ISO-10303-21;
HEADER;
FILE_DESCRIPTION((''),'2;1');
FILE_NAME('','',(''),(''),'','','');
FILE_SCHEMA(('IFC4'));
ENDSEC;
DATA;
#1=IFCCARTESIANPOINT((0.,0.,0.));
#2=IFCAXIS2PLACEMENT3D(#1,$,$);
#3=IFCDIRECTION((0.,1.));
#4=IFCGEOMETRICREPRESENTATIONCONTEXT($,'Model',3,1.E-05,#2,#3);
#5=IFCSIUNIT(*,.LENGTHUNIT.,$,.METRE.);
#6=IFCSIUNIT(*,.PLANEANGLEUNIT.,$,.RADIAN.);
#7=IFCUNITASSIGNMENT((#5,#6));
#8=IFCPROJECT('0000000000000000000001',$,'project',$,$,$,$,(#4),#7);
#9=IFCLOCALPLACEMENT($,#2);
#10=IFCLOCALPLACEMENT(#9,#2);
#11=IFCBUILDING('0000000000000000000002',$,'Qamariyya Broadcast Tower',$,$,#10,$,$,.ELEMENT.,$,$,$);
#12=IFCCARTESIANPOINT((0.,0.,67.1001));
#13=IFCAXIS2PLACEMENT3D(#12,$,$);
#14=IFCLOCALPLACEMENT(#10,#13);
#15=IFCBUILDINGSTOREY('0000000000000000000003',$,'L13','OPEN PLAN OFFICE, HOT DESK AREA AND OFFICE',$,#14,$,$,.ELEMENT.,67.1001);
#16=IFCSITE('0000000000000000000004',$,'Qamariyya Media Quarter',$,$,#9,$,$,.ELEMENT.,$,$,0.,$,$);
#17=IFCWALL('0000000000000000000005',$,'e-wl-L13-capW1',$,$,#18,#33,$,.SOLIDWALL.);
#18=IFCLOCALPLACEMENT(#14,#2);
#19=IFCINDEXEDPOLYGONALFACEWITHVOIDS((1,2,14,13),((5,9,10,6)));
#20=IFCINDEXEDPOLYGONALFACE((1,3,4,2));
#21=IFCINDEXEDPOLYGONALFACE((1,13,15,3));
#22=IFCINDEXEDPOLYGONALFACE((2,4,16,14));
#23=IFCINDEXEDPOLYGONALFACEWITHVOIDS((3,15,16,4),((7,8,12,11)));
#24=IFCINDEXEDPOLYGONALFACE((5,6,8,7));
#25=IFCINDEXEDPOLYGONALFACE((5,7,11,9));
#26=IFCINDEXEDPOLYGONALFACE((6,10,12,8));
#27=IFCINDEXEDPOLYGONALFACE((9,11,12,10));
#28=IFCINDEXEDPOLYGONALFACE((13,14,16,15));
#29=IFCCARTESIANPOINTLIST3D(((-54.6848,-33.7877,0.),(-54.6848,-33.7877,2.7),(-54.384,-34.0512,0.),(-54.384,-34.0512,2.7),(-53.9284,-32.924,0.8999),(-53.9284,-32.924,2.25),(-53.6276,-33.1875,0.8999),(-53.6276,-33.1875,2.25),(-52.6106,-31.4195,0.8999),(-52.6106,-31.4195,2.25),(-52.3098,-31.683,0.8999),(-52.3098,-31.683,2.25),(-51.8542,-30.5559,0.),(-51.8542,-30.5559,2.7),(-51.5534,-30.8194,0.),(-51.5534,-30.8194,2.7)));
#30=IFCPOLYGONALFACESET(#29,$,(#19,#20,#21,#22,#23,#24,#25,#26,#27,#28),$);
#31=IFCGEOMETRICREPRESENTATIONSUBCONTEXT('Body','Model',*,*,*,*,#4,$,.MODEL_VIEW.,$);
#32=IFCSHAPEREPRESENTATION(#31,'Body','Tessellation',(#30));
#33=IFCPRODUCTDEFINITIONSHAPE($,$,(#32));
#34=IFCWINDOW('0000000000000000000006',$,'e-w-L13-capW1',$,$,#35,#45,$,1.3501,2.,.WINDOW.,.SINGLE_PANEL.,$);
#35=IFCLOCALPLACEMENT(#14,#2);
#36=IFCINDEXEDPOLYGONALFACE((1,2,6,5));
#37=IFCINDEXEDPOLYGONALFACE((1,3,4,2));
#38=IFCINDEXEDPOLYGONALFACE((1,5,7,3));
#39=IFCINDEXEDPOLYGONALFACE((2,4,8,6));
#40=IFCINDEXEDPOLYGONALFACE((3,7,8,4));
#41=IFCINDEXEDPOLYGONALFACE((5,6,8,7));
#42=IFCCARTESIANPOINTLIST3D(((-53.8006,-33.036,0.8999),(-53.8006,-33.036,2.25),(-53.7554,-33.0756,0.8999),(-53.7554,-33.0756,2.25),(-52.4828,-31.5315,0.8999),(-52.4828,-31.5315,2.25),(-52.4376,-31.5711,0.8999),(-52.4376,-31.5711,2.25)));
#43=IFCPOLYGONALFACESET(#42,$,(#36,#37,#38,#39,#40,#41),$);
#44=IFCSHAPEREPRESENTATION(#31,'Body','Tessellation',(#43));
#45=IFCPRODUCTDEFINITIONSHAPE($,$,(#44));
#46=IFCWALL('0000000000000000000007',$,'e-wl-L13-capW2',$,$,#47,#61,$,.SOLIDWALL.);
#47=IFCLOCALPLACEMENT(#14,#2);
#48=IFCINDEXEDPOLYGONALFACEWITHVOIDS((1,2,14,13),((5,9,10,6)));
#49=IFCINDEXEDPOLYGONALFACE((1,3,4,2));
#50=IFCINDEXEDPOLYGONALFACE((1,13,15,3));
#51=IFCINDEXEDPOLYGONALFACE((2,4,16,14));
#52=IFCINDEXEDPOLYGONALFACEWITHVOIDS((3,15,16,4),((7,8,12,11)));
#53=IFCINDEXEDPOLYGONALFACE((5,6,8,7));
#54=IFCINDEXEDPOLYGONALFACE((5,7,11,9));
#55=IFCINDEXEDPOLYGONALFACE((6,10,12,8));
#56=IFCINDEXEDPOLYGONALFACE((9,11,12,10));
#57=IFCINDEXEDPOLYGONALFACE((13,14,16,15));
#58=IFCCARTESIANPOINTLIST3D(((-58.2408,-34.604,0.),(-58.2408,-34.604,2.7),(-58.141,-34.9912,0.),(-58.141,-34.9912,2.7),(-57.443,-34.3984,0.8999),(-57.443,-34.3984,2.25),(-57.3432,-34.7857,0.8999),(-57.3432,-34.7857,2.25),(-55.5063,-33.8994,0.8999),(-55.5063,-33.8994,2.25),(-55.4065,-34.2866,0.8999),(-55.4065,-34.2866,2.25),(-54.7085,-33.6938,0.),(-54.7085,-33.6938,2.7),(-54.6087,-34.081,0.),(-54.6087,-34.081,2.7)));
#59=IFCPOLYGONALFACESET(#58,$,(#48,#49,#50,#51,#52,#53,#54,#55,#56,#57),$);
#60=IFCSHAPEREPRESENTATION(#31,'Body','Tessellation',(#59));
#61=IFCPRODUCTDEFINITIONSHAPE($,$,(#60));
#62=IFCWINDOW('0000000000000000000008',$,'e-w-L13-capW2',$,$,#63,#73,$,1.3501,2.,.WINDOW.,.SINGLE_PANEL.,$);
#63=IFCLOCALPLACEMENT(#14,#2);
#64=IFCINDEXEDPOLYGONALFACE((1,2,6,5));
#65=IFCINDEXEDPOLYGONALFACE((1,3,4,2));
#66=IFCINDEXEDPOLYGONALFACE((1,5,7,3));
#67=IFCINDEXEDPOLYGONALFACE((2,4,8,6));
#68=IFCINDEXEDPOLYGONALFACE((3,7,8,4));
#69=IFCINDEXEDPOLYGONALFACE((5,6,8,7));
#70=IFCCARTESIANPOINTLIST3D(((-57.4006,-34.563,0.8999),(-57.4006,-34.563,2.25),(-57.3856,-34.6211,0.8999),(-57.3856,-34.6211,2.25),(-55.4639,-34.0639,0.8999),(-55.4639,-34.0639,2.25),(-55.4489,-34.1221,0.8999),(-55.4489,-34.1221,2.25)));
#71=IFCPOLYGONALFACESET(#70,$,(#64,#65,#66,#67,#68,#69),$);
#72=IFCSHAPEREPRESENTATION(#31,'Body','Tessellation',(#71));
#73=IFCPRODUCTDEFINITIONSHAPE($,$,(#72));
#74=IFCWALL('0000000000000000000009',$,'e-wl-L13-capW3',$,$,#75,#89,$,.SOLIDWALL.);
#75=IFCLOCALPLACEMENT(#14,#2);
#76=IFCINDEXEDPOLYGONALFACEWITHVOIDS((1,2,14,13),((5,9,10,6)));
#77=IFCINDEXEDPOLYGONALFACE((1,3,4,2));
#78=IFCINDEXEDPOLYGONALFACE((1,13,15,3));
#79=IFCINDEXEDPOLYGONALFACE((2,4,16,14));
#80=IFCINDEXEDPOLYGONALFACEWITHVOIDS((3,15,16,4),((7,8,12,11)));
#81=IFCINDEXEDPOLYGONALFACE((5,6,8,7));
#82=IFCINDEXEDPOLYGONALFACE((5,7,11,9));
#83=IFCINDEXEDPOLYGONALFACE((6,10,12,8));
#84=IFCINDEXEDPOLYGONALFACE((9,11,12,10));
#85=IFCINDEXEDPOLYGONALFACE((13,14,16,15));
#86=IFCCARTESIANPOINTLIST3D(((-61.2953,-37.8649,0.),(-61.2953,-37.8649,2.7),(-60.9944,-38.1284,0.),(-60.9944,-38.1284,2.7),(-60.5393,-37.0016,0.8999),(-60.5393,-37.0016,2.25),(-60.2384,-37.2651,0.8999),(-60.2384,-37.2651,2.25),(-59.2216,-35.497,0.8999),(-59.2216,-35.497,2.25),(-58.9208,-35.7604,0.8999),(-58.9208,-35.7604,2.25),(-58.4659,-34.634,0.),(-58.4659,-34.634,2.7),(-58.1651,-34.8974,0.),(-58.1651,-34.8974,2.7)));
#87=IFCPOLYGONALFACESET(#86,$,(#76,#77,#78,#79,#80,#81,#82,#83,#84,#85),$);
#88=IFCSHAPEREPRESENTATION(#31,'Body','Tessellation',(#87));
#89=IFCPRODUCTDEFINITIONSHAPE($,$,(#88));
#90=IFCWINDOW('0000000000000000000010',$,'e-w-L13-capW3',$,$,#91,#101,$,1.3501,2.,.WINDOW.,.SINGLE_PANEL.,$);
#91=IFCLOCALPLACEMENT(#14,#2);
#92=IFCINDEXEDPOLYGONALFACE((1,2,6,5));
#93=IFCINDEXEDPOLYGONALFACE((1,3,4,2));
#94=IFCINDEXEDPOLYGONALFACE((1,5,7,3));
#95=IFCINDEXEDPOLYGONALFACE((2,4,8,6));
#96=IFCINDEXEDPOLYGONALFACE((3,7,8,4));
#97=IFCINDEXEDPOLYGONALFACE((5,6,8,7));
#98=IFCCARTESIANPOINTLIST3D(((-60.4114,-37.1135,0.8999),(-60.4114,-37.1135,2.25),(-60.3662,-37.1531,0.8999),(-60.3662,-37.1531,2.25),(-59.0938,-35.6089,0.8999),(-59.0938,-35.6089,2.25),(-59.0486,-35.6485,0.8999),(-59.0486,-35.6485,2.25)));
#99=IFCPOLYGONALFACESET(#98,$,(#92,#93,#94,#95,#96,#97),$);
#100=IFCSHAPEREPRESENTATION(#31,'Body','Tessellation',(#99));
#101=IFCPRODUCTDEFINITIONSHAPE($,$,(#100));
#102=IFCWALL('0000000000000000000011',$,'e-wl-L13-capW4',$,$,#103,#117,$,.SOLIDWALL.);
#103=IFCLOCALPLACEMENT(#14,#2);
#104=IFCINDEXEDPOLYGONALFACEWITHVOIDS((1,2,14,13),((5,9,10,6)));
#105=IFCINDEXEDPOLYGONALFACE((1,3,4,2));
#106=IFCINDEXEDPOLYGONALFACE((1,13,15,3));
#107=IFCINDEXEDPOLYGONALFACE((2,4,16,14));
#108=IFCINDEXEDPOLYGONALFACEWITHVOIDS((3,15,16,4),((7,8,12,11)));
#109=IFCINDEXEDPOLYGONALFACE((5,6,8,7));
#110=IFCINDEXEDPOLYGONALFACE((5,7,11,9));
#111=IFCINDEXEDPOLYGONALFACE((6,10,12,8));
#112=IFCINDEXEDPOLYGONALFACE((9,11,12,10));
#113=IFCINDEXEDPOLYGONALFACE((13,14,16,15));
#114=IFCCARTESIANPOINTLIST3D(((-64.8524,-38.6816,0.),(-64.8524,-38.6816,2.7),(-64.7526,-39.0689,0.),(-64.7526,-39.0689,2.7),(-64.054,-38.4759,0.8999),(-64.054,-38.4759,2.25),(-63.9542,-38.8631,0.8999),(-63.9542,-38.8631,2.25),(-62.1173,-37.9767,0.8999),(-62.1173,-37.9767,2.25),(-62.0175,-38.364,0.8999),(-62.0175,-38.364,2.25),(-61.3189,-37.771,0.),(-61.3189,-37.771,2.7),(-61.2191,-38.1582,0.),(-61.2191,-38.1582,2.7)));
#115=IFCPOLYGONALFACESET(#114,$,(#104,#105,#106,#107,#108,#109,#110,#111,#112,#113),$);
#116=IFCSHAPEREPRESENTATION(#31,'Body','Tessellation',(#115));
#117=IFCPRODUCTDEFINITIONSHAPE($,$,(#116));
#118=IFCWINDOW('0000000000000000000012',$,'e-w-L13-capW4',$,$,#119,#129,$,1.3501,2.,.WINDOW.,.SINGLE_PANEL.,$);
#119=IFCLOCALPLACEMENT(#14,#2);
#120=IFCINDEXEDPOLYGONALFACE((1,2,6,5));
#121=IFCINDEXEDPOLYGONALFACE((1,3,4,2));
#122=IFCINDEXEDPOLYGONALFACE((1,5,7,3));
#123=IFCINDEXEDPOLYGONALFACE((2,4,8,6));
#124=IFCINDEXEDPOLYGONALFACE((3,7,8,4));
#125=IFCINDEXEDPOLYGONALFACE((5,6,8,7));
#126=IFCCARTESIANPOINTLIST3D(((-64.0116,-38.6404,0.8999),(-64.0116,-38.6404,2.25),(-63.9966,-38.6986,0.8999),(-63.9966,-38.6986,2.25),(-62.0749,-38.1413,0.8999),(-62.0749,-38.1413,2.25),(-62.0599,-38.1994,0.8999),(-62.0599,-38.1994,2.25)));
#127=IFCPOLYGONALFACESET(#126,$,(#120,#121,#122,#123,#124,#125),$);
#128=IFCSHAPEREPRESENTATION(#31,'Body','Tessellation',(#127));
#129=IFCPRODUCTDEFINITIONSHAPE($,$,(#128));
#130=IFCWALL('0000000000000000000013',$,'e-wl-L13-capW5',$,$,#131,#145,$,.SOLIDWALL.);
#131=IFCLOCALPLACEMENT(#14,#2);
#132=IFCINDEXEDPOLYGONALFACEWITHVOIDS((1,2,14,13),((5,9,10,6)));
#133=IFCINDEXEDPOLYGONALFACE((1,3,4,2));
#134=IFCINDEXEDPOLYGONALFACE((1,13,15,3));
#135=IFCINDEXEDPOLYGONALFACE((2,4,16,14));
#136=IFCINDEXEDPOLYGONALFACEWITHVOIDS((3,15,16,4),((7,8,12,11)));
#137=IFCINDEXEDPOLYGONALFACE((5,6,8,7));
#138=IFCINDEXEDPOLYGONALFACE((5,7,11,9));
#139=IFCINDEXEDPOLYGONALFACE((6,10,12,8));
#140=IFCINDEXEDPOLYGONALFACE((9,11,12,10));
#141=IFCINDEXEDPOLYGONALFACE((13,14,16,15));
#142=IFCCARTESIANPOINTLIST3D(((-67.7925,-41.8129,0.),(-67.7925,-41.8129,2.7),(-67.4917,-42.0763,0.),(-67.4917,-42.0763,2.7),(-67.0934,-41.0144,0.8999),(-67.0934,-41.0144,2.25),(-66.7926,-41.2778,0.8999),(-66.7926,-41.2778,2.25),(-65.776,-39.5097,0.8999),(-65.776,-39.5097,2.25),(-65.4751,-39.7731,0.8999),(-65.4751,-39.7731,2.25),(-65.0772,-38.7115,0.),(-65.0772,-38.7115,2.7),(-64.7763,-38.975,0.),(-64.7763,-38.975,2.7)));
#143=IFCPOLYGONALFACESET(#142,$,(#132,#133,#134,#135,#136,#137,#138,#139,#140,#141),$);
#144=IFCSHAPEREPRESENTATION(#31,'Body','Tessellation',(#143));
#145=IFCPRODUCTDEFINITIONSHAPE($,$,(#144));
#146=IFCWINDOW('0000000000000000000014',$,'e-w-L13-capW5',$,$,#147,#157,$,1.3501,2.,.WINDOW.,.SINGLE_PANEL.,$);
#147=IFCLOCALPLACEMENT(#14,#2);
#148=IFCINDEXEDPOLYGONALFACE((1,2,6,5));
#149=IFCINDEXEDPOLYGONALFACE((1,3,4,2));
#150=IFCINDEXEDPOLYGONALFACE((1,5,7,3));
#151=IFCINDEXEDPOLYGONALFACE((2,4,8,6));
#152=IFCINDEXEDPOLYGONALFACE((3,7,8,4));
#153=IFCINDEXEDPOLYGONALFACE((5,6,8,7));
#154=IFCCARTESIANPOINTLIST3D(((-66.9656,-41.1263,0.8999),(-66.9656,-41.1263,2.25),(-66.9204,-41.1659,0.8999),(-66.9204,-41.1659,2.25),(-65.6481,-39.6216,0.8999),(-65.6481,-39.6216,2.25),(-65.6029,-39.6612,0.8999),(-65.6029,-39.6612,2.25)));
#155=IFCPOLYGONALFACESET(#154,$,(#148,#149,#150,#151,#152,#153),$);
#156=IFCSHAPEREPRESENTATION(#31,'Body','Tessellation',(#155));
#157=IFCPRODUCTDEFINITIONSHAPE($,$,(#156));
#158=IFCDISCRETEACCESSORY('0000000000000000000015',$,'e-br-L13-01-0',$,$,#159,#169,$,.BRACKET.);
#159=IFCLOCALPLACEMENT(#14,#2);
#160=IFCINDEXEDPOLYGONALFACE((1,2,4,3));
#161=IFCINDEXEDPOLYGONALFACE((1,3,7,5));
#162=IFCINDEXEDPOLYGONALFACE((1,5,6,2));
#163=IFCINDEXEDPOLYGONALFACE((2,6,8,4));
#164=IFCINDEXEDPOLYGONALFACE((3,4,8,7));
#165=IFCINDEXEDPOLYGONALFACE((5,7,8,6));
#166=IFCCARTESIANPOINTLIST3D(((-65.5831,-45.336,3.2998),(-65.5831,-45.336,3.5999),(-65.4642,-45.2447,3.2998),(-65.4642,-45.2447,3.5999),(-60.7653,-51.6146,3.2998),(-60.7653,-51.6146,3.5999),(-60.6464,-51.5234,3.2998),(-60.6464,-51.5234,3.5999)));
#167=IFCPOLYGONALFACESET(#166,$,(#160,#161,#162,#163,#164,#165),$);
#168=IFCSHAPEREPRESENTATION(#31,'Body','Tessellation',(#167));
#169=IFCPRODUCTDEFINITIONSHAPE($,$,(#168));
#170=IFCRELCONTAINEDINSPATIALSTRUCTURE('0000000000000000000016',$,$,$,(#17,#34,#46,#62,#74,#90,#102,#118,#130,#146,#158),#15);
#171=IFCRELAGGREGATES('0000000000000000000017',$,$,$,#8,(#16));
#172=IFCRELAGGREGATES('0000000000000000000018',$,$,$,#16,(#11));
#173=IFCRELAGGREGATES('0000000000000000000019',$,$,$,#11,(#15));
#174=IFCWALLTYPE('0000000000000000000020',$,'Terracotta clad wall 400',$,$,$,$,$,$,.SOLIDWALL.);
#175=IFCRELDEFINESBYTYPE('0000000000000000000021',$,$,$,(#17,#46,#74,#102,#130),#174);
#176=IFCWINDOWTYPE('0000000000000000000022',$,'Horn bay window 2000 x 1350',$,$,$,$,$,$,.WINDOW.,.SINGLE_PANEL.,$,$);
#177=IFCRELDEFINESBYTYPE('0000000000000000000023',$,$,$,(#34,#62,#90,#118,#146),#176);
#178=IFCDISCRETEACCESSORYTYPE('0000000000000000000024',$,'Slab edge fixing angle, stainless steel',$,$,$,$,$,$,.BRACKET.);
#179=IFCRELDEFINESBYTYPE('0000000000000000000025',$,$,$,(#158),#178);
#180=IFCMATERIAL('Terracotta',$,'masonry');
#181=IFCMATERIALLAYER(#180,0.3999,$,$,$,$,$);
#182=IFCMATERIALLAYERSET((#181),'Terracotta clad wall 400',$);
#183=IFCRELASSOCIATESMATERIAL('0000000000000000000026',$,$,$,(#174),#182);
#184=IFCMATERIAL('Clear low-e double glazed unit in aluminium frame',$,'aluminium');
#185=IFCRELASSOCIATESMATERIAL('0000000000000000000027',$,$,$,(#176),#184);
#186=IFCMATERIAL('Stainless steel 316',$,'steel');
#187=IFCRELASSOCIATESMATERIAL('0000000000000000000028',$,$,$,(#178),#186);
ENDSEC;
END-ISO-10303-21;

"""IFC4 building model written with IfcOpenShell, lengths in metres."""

from ifc_helpers import new_model, si_unit, direction, frame, frame_2d, origin, origin_2d, place, context, subcontext, project, spatial, rectangle, extrude, material, layer, layer_set, type_object, element, fill, save


model = new_model("IFC4")

# Units and contexts
model_context = context("Model", 3, precision=1e-05, world=origin(), true_north=direction((0.0, 1.0)))
body_context = subcontext(model_context, "Body", "Model", "MODEL_VIEW")
ifc_project = project(units=[si_unit("LENGTHUNIT", "METRE"), si_unit("PLANEANGLEUNIT", "RADIAN")], contexts=[model_context])

# Site, building, storey
site_placement = place(None, origin())
site = spatial("IfcSite", under=ifc_project, at=site_placement, Name="Qamariyya Media Quarter", CompositionType="ELEMENT", RefElevation=0.0)
building_placement = place(site_placement, origin())
building = spatial("IfcBuilding", under=site, at=building_placement, Name="Qamariyya Broadcast Tower", CompositionType="ELEMENT")
storey_placement = place(building_placement, frame((0.0, 0.0, 67.1001)))
storey = spatial("IfcBuildingStorey", under=building, at=storey_placement, Name="L13", Description="OPEN PLAN OFFICE, HOT DESK AREA AND OFFICE", CompositionType="ELEMENT", Elevation=67.1001)

# Walls, openings, windows
ifc_material_1 = material(Name="Terracotta", Category="masonry")
ifc_layer = layer(ifc_material_1, 0.3999)
ifc_layer_set = layer_set([ifc_layer], Name="Terracotta clad wall 400")
wall_type = type_object("IfcWallType", Name="Terracotta clad wall 400", PredefinedType="SOLIDWALL", material=ifc_layer_set)
wall_1_placement = place(storey_placement, frame((-51.7039, -30.6877, 0.0), z_axis=(0.0, 0.0, 1.0), x_axis=(-0.658879, -0.752249, 0.0)))
wall_1 = element("IfcWall", 1, at=wall_1_placement, inside=storey, type_object=wall_type, Name="e-wl-L13-capW1", PredefinedType="SOLIDWALL", context=body_context, shape_type="SweptSolid", body=[
    extrude(rectangle(XDim=4.2961, YDim=0.3999, at=frame_2d((2.1479, 0.0))), origin(), (0.0, 0.0, 1.0), 2.7),
])
opening_1_placement = place(wall_1_placement, frame((1.1479, 0.0, 0.8999)))
opening_1 = element("IfcOpeningElement", 2, at=opening_1_placement, cuts=wall_1, PredefinedType="OPENING", context=body_context, shape_type="SweptSolid", body=[
    extrude(rectangle(XDim=2.0, YDim=1.3501, at=frame_2d((1.0, 0.675))), frame((0.0, 0.21, 0.0), z_axis=(0.0, -1.0, 0.0), x_axis=(1.0, 0.0, 0.0)), (0.0, 0.0, 1.0), 0.4199),
])
ifc_material_2 = material(Name="Clear low-e double glazed unit in aluminium frame", Category="aluminium")
window_type = type_object("IfcWindowType", Name="Horn bay window 2000 x 1350", PartitioningType="SINGLE_PANEL", PredefinedType="WINDOW", material=ifc_material_2)
window_1_placement = place(opening_1_placement, origin())
window_1 = element("IfcWindow", 3, at=window_1_placement, inside=storey, type_object=window_type, Name="e-w-L13-capW1", OverallHeight=1.3501, OverallWidth=2.0, PartitioningType="SINGLE_PANEL", PredefinedType="WINDOW", context=body_context, shape_type="SweptSolid", body=[
    extrude(rectangle(XDim=2.0, YDim=1.3501, at=frame_2d((1.0, 0.675))), frame((0.0, 0.03, 0.0), z_axis=(0.0, -1.0, 0.0), x_axis=(1.0, 0.0, 0.0)), (0.0, 0.0, 1.0), 0.0601),
])
fill(opening_1, window_1)
wall_2_placement = place(storey_placement, frame((-54.6587, -33.8875, 0.0), z_axis=(0.0, 0.0, 1.0), x_axis=(-0.968369, -0.249522, 0.0)))
wall_2 = element("IfcWall", 4, at=wall_2_placement, inside=storey, type_object=wall_type, Name="e-wl-L13-capW2", PredefinedType="SOLIDWALL", context=body_context, shape_type="SweptSolid", body=[
    extrude(rectangle(XDim=3.6477, YDim=0.3999, at=frame_2d((1.8237, 0.0))), origin(), (0.0, 0.0, 1.0), 2.7),
])
opening_2_placement = place(wall_2_placement, frame((0.8237, 0.0, 0.8999)))
opening_2 = element("IfcOpeningElement", 5, at=opening_2_placement, cuts=wall_2, PredefinedType="OPENING", context=body_context, shape_type="SweptSolid", body=[
    extrude(rectangle(XDim=2.0, YDim=1.3501, at=frame_2d((1.0, 0.675))), frame((0.0, 0.21, 0.0), z_axis=(0.0, -1.0, 0.0), x_axis=(1.0, 0.0, 0.0)), (0.0, 0.0, 1.0), 0.4199),
])
window_2_placement = place(opening_2_placement, origin())
window_2 = element("IfcWindow", 6, at=window_2_placement, inside=storey, type_object=window_type, Name="e-w-L13-capW2", OverallHeight=1.3501, OverallWidth=2.0, PartitioningType="SINGLE_PANEL", PredefinedType="WINDOW", context=body_context, shape_type="SweptSolid", body=[
    extrude(rectangle(XDim=2.0, YDim=1.3501, at=frame_2d((1.0, 0.675))), frame((0.0, 0.03, 0.0), z_axis=(0.0, -1.0, 0.0), x_axis=(1.0, 0.0, 0.0)), (0.0, 0.0, 1.0), 0.0601),
])
fill(opening_2, window_2)
wall_3_placement = place(storey_placement, frame((-58.3154, -34.7656, 0.0), z_axis=(0.0, 0.0, 1.0), x_axis=(-0.658802, -0.752316, 0.0)))
wall_3 = element("IfcWall", 7, at=wall_3_placement, inside=storey, type_object=wall_type, Name="e-wl-L13-capW3", PredefinedType="SOLIDWALL", context=body_context, shape_type="SweptSolid", body=[
    extrude(rectangle(XDim=4.2947, YDim=0.3999, at=frame_2d((2.1475, 0.0))), origin(), (0.0, 0.0, 1.0), 2.7),
])
opening_3_placement = place(wall_3_placement, frame((1.1472, 0.0, 0.8999)))
opening_3 = element("IfcOpeningElement", 8, at=opening_3_placement, cuts=wall_3, PredefinedType="OPENING", context=body_context, shape_type="SweptSolid", body=[
    extrude(rectangle(XDim=2.0, YDim=1.3501, at=frame_2d((1.0, 0.675))), frame((0.0, 0.21, 0.0), z_axis=(0.0, -1.0, 0.0), x_axis=(1.0, 0.0, 0.0)), (0.0, 0.0, 1.0), 0.4199),
])
window_3_placement = place(opening_3_placement, origin())
window_3 = element("IfcWindow", 9, at=window_3_placement, inside=storey, type_object=window_type, Name="e-w-L13-capW3", OverallHeight=1.3501, OverallWidth=2.0, PartitioningType="SINGLE_PANEL", PredefinedType="WINDOW", context=body_context, shape_type="SweptSolid", body=[
    extrude(rectangle(XDim=2.0, YDim=1.3501, at=frame_2d((1.0, 0.675))), frame((0.0, 0.03, 0.0), z_axis=(0.0, -1.0, 0.0), x_axis=(1.0, 0.0, 0.0)), (0.0, 0.0, 1.0), 0.0601),
])
fill(opening_3, window_3)
wall_4_placement = place(storey_placement, frame((-61.269, -37.9646, 0.0), z_axis=(0.0, 0.0, 1.0), x_axis=(-0.968358, -0.249566, 0.0)))
wall_4 = element("IfcWall", 10, at=wall_4_placement, inside=storey, type_object=wall_type, Name="e-wl-L13-capW4", PredefinedType="SOLIDWALL", context=body_context, shape_type="SweptSolid", body=[
    extrude(rectangle(XDim=3.6489, YDim=0.3999, at=frame_2d((1.8245, 0.0))), origin(), (0.0, 0.0, 1.0), 2.7),
])
opening_4_placement = place(wall_4_placement, frame((0.8245, 0.0, 0.8999)))
opening_4 = element("IfcOpeningElement", 11, at=opening_4_placement, cuts=wall_4, PredefinedType="OPENING", context=body_context, shape_type="SweptSolid", body=[
    extrude(rectangle(XDim=2.0, YDim=1.3501, at=frame_2d((1.0, 0.675))), frame((0.0, 0.21, 0.0), z_axis=(0.0, -1.0, 0.0), x_axis=(1.0, 0.0, 0.0)), (0.0, 0.0, 1.0), 0.4199),
])
window_4_placement = place(opening_4_placement, origin())
window_4 = element("IfcWindow", 12, at=window_4_placement, inside=storey, type_object=window_type, Name="e-w-L13-capW4", OverallHeight=1.3501, OverallWidth=2.0, PartitioningType="SINGLE_PANEL", PredefinedType="WINDOW", context=body_context, shape_type="SweptSolid", body=[
    extrude(rectangle(XDim=2.0, YDim=1.3501, at=frame_2d((1.0, 0.675))), frame((0.0, 0.03, 0.0), z_axis=(0.0, -1.0, 0.0), x_axis=(1.0, 0.0, 0.0)), (0.0, 0.0, 1.0), 0.0601),
])
fill(opening_4, window_4)
wall_5_placement = place(storey_placement, frame((-64.9268, -38.8433, 0.0), z_axis=(0.0, 0.0, 1.0), x_axis=(-0.658735, -0.752375, 0.0)))
wall_5 = element("IfcWall", 13, at=wall_5_placement, inside=storey, type_object=wall_type, Name="e-wl-L13-capW5", PredefinedType="SOLIDWALL", context=body_context, shape_type="SweptSolid", body=[
    extrude(rectangle(XDim=4.1221, YDim=0.3999, at=frame_2d((2.061, 0.0))), origin(), (0.0, 0.0, 1.0), 2.7),
])
opening_5_placement = place(wall_5_placement, frame((1.0608, 0.0, 0.8999)))
opening_5 = element("IfcOpeningElement", 14, at=opening_5_placement, cuts=wall_5, PredefinedType="OPENING", context=body_context, shape_type="SweptSolid", body=[
    extrude(rectangle(XDim=2.0, YDim=1.3501, at=frame_2d((1.0, 0.675))), frame((0.0, 0.21, 0.0), z_axis=(0.0, -1.0, 0.0), x_axis=(1.0, 0.0, 0.0)), (0.0, 0.0, 1.0), 0.4199),
])
window_5_placement = place(opening_5_placement, origin())
window_5 = element("IfcWindow", 15, at=window_5_placement, inside=storey, type_object=window_type, Name="e-w-L13-capW5", OverallHeight=1.3501, OverallWidth=2.0, PartitioningType="SINGLE_PANEL", PredefinedType="WINDOW", context=body_context, shape_type="SweptSolid", body=[
    extrude(rectangle(XDim=2.0, YDim=1.3501, at=frame_2d((1.0, 0.675))), frame((0.0, 0.03, 0.0), z_axis=(0.0, -1.0, 0.0), x_axis=(1.0, 0.0, 0.0)), (0.0, 0.0, 1.0), 0.0601),
])
fill(opening_5, window_5)

# Discrete accessory
ifc_material_3 = material(Name="Stainless steel 316", Category="steel")
discrete_accessory_type = type_object("IfcDiscreteAccessoryType", Name="Slab edge fixing angle, stainless steel", PredefinedType="BRACKET", material=ifc_material_3)
discrete_accessory_placement = place(storey_placement, frame((-63.1147, -48.4297, 3.2998), z_axis=(0.0, 0.0, 1.0), x_axis=(0.608761, -0.793353, 0.0)))
element("IfcDiscreteAccessory", 16, at=discrete_accessory_placement, inside=storey, type_object=discrete_accessory_type, Name="e-br-L13-01-0", PredefinedType="BRACKET", context=body_context, shape_type="SweptSolid", body=[
    extrude(rectangle(XDim=7.9141, YDim=0.1499, at=origin_2d()), origin(), (0.0, 0.0, 1.0), 0.3),
])

save(model, "model.ifc")
